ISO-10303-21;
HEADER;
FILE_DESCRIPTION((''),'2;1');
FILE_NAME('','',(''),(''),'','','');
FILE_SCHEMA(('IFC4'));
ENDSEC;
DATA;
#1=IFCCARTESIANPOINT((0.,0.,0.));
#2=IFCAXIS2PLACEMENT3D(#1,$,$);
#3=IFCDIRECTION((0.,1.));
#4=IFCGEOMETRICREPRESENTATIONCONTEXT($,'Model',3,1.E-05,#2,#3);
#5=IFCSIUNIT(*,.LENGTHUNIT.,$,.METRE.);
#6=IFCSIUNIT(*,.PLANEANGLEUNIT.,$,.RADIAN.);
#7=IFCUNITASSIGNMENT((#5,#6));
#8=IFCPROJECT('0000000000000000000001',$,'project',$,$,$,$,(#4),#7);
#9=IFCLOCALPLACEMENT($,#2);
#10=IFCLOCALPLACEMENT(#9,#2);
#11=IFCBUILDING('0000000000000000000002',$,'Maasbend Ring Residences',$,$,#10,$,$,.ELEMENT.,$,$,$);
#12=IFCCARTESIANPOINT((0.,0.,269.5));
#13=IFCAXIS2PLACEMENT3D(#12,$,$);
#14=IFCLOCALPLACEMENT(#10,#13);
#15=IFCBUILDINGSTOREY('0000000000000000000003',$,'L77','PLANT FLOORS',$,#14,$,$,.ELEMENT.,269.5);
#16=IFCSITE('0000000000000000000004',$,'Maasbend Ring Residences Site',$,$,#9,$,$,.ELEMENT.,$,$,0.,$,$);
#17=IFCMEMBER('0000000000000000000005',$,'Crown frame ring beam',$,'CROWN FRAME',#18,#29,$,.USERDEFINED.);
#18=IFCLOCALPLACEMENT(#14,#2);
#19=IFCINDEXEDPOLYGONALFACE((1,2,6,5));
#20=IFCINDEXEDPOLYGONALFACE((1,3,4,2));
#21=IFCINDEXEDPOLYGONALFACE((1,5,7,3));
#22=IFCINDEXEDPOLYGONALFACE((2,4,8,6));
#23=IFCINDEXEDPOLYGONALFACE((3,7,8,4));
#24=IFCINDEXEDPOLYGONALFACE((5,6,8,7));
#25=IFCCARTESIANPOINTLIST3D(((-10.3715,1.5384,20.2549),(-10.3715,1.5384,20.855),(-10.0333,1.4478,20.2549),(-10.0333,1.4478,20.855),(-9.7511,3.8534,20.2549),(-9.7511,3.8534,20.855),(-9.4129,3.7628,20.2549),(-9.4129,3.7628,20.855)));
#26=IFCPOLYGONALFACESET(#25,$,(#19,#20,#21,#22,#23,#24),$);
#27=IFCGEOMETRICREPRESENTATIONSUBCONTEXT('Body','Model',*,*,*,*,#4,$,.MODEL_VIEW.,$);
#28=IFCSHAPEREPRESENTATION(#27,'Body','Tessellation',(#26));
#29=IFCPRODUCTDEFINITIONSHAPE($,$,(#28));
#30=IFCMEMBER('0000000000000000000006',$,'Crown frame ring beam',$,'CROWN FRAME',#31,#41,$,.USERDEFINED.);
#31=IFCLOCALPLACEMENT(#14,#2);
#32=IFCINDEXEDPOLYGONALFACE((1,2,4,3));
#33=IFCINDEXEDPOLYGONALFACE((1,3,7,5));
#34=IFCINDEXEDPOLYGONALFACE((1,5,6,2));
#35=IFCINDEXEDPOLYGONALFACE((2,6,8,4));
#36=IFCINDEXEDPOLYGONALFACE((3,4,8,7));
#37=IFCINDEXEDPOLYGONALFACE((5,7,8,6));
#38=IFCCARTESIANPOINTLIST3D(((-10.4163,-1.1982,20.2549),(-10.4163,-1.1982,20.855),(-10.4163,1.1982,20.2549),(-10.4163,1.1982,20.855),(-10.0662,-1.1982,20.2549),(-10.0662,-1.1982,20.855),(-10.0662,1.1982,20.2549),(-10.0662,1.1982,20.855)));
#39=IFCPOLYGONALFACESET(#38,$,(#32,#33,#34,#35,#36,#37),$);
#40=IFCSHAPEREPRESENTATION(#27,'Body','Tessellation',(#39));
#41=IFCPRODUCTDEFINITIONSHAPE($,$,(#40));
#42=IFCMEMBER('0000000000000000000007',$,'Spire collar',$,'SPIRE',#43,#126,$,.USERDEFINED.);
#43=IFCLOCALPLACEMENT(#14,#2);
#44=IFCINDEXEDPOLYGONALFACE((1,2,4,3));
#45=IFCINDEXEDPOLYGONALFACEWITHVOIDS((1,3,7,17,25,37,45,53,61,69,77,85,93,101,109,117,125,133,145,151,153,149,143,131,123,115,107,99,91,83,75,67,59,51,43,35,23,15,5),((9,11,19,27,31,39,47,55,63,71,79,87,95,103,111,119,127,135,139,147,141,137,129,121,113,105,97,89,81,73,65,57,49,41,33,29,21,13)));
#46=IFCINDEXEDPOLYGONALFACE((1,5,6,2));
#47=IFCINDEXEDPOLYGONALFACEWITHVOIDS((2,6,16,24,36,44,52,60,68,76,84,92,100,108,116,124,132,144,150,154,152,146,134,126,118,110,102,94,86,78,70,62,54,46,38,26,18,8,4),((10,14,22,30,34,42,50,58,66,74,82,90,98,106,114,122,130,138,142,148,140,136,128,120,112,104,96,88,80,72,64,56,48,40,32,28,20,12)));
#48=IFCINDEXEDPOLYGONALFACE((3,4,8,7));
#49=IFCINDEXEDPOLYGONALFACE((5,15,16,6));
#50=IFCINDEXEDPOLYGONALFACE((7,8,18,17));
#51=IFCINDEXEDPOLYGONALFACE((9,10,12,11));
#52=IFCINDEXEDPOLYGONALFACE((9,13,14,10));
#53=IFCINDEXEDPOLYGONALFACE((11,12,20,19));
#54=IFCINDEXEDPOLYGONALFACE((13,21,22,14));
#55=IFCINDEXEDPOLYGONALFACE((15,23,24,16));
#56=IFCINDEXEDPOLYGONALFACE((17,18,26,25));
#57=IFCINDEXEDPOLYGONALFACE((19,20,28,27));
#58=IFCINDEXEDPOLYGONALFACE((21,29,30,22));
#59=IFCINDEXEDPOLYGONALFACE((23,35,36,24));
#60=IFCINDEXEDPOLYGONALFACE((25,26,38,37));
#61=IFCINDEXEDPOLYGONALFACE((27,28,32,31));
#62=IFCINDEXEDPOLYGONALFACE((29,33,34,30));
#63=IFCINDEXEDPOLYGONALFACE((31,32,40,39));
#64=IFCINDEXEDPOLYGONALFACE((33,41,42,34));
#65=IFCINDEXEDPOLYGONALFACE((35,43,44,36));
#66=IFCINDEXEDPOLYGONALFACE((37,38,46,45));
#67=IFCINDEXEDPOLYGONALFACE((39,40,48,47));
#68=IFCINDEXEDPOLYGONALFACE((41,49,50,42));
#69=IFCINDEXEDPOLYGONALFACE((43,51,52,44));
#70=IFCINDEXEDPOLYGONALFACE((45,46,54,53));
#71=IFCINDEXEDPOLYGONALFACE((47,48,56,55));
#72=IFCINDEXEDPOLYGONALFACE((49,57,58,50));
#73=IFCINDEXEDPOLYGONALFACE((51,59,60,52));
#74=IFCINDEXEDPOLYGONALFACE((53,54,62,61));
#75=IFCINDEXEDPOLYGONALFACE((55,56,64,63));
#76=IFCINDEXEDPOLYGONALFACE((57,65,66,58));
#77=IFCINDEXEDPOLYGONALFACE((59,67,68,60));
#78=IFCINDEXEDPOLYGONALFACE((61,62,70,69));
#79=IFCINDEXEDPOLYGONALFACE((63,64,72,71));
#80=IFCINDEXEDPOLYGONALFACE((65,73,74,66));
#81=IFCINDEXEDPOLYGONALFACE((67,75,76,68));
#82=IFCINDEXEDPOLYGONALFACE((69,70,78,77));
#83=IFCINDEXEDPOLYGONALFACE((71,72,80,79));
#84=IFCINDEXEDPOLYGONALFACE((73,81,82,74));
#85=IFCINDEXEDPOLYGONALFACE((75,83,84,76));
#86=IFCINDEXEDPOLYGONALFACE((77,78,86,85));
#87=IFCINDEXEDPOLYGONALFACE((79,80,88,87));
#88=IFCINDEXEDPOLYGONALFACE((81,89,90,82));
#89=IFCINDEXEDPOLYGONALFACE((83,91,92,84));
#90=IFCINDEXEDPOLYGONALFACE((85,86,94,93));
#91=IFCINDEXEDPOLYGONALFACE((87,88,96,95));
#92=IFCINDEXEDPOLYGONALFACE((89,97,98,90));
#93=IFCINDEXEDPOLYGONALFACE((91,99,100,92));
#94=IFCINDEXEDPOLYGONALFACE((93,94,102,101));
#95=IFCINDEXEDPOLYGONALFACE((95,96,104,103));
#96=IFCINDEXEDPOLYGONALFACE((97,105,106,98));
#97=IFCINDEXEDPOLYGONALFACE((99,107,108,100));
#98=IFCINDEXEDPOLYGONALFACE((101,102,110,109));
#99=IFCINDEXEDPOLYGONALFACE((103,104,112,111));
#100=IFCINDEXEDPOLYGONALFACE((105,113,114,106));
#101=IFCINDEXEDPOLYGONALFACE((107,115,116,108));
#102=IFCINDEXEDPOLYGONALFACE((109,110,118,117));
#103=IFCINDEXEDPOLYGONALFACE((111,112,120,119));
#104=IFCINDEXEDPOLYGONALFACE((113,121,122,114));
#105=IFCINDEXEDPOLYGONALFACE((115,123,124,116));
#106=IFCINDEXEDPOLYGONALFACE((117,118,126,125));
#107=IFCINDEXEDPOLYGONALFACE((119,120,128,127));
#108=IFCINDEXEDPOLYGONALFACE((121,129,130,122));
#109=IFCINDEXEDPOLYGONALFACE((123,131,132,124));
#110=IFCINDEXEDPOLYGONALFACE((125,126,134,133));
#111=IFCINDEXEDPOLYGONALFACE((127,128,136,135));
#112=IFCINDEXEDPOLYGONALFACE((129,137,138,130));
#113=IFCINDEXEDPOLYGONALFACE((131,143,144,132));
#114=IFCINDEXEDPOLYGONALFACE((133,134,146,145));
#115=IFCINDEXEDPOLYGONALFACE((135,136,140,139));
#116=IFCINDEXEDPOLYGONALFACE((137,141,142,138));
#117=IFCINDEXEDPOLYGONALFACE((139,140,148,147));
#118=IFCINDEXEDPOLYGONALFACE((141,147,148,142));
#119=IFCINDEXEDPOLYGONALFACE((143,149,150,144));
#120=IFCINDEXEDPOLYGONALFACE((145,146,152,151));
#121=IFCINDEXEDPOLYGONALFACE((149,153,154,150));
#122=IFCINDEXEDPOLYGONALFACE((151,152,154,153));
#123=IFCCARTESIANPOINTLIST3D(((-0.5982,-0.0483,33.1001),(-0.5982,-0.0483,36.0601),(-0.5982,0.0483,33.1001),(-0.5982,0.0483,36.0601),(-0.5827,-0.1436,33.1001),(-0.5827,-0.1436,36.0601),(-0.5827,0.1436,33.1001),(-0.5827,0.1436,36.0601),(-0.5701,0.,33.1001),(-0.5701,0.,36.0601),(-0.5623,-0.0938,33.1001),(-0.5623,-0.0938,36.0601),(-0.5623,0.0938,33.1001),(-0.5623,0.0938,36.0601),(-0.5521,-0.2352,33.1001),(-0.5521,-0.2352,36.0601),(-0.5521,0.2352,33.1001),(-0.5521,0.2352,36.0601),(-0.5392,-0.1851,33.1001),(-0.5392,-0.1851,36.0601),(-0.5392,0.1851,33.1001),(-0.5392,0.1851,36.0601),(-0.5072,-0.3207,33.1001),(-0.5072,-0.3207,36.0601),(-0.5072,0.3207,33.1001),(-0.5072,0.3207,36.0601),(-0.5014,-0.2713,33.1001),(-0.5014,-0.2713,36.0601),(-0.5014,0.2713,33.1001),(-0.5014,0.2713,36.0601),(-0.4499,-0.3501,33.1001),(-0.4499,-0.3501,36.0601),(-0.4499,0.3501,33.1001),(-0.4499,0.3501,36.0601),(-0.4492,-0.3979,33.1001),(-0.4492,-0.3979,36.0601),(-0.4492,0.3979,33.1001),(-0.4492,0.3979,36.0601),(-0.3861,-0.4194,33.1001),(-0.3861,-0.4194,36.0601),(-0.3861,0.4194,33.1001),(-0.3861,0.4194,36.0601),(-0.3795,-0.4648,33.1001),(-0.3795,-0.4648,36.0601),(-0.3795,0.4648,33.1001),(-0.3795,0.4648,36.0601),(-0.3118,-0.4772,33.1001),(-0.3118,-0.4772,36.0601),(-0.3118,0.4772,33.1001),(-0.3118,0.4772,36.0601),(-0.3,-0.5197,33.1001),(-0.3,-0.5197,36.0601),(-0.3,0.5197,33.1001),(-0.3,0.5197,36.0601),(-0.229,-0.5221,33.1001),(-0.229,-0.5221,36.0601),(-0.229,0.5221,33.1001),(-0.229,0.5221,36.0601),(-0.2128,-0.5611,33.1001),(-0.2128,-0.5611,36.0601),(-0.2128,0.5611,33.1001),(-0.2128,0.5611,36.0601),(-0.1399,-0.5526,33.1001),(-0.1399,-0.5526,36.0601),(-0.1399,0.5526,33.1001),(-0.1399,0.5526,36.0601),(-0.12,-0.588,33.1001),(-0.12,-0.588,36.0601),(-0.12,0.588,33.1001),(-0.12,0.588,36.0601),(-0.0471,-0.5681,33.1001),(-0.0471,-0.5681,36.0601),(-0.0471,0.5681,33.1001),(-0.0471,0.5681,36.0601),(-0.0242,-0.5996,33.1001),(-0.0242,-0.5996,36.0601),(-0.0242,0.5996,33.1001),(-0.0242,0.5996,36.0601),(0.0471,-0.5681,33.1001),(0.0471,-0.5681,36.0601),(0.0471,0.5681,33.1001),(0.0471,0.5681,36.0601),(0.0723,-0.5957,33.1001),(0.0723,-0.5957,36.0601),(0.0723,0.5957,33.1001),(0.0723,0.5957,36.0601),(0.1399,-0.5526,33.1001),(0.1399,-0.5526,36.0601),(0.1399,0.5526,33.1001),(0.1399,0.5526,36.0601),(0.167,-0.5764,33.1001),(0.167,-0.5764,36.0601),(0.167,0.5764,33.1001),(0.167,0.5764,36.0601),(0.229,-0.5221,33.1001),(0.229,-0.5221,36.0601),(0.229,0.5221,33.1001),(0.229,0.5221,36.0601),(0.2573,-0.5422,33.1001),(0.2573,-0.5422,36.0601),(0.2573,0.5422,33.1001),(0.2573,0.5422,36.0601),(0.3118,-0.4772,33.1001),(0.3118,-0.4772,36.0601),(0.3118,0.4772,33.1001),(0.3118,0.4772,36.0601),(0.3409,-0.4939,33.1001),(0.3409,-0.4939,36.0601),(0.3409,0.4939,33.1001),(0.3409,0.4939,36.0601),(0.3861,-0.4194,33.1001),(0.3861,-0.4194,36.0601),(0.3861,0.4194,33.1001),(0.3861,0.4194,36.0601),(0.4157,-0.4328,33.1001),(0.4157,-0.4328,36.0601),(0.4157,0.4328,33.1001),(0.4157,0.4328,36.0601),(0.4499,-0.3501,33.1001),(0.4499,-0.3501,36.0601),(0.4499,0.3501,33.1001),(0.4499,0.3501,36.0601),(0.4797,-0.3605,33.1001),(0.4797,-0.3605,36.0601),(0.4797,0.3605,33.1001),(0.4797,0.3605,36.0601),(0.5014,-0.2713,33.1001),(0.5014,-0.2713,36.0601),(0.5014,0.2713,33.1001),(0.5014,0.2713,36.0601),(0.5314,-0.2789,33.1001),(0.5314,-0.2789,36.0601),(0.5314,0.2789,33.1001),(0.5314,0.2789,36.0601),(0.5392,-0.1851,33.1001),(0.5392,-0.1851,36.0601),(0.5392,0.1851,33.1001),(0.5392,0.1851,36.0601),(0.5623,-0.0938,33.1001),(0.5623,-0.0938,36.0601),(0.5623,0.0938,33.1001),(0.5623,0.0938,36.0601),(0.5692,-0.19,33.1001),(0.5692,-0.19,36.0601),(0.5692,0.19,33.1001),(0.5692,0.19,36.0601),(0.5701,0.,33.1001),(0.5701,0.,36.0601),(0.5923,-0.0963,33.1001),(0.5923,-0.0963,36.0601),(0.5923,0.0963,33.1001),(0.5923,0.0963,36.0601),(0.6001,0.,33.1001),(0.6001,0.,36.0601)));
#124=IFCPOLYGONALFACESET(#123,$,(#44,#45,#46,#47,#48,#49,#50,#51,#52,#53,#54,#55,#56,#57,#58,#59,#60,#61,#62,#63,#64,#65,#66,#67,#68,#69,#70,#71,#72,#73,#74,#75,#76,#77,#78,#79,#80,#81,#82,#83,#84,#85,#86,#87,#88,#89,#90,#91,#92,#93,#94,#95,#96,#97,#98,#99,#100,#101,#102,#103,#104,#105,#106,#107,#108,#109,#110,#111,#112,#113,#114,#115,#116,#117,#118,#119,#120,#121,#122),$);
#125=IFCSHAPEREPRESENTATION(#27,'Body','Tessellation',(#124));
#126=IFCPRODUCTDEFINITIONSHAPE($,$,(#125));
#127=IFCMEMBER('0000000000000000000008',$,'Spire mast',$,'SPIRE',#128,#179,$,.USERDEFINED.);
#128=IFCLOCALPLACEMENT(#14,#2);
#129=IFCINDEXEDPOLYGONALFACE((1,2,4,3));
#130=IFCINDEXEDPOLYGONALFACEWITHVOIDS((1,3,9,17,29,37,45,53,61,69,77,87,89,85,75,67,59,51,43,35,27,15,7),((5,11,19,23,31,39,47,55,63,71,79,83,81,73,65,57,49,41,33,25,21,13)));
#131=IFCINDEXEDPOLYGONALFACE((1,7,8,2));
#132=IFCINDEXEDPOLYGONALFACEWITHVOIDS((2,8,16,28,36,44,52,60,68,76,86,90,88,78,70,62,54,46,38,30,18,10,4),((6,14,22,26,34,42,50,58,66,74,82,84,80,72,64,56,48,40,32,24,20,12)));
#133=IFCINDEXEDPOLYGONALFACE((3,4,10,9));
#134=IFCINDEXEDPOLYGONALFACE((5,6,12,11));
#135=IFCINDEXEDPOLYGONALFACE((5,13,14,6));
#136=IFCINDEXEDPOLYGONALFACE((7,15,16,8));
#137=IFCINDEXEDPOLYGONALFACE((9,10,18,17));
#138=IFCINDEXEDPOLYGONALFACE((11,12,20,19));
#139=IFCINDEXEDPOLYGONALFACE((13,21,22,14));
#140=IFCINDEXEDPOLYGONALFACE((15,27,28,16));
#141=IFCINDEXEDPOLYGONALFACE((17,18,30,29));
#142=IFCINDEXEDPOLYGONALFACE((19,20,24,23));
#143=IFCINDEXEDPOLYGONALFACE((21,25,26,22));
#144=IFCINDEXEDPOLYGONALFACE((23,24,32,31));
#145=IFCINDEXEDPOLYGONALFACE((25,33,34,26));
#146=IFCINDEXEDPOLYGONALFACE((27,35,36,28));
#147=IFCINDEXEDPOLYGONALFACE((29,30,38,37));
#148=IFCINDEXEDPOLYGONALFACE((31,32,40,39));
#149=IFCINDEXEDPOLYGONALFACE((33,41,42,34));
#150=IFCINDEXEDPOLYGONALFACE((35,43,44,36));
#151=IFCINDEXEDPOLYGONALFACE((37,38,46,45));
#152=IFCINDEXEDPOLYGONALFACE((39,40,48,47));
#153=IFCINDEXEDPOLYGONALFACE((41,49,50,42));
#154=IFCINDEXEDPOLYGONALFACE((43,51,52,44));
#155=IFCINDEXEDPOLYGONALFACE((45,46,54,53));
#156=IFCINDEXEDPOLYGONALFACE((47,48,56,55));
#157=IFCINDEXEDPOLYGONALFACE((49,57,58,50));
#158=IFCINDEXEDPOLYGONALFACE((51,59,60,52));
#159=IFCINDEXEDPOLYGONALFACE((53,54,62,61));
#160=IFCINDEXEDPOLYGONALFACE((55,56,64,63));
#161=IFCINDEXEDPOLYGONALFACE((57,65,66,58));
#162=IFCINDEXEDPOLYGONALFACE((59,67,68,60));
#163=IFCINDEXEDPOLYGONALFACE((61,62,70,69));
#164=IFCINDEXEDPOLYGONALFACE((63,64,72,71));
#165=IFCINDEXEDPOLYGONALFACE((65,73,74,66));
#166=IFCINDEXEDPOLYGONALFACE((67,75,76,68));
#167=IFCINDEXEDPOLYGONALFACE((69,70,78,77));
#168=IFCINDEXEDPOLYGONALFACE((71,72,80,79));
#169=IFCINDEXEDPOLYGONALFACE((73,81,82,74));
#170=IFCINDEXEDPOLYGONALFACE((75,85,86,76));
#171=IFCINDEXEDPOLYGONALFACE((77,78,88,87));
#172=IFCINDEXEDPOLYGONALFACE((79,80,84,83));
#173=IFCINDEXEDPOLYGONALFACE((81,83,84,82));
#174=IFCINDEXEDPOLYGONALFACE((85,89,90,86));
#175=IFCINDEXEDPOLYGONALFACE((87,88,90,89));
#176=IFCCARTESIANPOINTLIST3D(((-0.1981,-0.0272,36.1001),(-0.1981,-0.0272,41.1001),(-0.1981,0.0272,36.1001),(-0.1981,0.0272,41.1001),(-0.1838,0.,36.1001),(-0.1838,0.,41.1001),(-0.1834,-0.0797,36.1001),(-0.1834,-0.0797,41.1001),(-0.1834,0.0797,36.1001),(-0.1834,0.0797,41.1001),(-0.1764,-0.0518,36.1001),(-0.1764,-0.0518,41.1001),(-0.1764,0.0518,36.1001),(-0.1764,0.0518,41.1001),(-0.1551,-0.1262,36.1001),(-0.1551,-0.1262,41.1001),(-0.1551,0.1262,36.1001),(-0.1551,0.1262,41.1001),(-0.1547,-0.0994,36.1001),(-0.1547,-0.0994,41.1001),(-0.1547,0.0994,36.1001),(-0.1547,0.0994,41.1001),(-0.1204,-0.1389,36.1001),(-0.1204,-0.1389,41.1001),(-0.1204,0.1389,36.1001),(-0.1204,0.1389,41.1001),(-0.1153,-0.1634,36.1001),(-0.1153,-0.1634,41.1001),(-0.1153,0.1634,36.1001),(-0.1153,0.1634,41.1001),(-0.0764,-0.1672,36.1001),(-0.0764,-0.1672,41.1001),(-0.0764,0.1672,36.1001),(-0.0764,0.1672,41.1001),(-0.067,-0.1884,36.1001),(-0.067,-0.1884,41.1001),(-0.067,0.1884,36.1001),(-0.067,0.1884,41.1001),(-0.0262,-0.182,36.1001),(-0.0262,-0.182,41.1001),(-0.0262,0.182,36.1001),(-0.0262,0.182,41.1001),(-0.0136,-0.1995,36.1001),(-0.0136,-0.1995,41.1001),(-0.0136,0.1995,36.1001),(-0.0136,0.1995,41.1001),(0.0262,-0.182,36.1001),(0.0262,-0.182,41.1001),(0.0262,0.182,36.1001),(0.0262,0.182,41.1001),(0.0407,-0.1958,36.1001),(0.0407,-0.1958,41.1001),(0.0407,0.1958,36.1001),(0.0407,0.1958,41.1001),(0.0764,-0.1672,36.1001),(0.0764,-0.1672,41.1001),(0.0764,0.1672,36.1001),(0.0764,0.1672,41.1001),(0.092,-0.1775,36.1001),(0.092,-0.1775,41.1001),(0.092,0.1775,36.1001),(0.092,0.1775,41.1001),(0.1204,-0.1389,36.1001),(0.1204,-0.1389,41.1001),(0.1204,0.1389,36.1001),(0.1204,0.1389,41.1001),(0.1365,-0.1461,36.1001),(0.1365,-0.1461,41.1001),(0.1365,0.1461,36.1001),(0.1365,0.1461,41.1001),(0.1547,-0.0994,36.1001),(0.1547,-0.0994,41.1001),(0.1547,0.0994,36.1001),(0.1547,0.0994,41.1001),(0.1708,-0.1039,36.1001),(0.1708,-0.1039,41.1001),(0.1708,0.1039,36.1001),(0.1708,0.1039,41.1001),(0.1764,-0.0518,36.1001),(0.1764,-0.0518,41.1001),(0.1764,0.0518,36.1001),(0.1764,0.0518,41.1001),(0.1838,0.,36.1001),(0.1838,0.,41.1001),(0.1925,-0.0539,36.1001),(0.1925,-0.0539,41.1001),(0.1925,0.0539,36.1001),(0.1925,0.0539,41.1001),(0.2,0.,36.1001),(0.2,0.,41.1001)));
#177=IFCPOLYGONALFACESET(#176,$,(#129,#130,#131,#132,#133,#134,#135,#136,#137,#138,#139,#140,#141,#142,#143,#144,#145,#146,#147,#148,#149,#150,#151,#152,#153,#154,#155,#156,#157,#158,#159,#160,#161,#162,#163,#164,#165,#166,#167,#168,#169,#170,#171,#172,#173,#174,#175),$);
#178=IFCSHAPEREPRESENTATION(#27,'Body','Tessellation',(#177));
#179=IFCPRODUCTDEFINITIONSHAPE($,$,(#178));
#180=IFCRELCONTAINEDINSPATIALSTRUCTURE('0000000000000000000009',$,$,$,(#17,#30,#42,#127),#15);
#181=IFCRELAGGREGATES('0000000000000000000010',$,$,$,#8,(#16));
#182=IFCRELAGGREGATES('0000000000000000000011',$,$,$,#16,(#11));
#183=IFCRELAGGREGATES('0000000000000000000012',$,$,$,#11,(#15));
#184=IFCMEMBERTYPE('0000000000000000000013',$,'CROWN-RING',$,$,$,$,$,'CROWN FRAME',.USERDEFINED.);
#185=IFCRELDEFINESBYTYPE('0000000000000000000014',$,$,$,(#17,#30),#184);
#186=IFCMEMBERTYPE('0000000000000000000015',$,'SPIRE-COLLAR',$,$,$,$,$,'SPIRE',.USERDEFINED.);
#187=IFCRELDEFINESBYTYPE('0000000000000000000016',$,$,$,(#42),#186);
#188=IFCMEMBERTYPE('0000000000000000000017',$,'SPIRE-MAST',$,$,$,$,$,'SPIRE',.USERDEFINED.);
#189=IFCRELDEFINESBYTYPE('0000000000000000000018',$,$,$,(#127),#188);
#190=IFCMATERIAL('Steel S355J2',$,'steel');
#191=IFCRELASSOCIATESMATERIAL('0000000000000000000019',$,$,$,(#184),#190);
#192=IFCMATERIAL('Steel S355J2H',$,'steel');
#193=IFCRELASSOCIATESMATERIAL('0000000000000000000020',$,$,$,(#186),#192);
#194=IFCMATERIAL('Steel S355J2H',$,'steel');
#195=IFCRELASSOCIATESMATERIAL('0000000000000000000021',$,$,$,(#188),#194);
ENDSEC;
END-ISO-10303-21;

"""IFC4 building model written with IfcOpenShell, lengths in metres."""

from ifc_helpers import new_model, si_unit, direction, frame, origin, origin_2d, place, context, subcontext, project, spatial, rectangle, hollow_circle, extrude, material, material_profile, profile_set, type_object, element, save


model = new_model("IFC4")

# Units and contexts
model_context = context("Model", 3, precision=1e-05, world=origin(), true_north=direction((0.0, 1.0)))
body_context = subcontext(model_context, "Body", "Model", "MODEL_VIEW")
ifc_project = project(units=[si_unit("LENGTHUNIT", "METRE"), si_unit("PLANEANGLEUNIT", "RADIAN")], contexts=[model_context])

# Site, building, storey
site_placement = place(None, origin())
site = spatial("IfcSite", under=ifc_project, at=site_placement, Name="Maasbend Ring Residences Site", CompositionType="ELEMENT", RefElevation=0.0)
building_placement = place(site_placement, origin())
building = spatial("IfcBuilding", under=site, at=building_placement, Name="Maasbend Ring Residences", CompositionType="ELEMENT")
storey_placement = place(building_placement, frame((0.0, 0.0, 269.5)))
storey = spatial("IfcBuildingStorey", under=building, at=storey_placement, Name="L77", Description="PLANT FLOORS", CompositionType="ELEMENT", Elevation=269.5)

# Members
ifc_material_1 = material(Name="Steel S355J2", Category="steel")
ifc_material_profile_1 = material_profile(ifc_material_1, rectangle(XDim=0.3501, YDim=0.6001, at=origin_2d()), Name="Box 350x600x16")
ifc_profile_set_1 = profile_set([ifc_material_profile_1], Name="Steel S355J2")
member_type_1 = type_object("IfcMemberType", Name="CROWN-RING", ElementType="CROWN FRAME", PredefinedType="USERDEFINED", material=ifc_profile_set_1)
for number, where, z_axis, x_axis, name in (
    (1, (-9.582, 3.8081, 20.5549), (-0.258848, -0.965918, 0.0), (0.965918, -0.258848, 0.0), "Crown frame ring beam"),
):
    element("IfcMember", number, at=place(storey_placement, frame(where, z_axis=z_axis, x_axis=x_axis)), inside=storey, type_object=member_type_1, Name=name, ObjectType="CROWN FRAME", PredefinedType="USERDEFINED", context=body_context, shape_type="SweptSolid", body=[
        extrude(rectangle(XDim=0.3501, YDim=0.6001, at=origin_2d()), origin(), (0.0, 0.0, 1.0), 2.3967),
    ])
member_1_placement = place(storey_placement, frame((-10.2412, 1.1982, 20.5549), z_axis=(0.0, -1.0, 0.0), x_axis=(1.0, 0.0, 0.0)))
element("IfcMember", 2, at=member_1_placement, inside=storey, type_object=member_type_1, Name="Crown frame ring beam", ObjectType="CROWN FRAME", PredefinedType="USERDEFINED", context=body_context, shape_type="SweptSolid", body=[
    extrude(rectangle(XDim=0.3501, YDim=0.6001, at=origin_2d()), origin(), (0.0, 0.0, 1.0), 2.3965),
])
ifc_material_2 = material(Name="Steel S355J2H", Category="steel")
ifc_material_profile_2 = material_profile(ifc_material_2, hollow_circle(Radius=0.6001, WallThickness=0.03, at=origin_2d()), Name="CHS 1200x30")
ifc_profile_set_2 = profile_set([ifc_material_profile_2], Name="Steel S355J2H")
member_type_2 = type_object("IfcMemberType", Name="SPIRE-COLLAR", ElementType="SPIRE", PredefinedType="USERDEFINED", material=ifc_profile_set_2)
member_2_placement = place(storey_placement, frame((0.0, 0.0, 33.1001), z_axis=(0.0, 0.0, 1.0), x_axis=(1.0, 0.0, 0.0)))
element("IfcMember", 3, at=member_2_placement, inside=storey, type_object=member_type_2, Name="Spire collar", ObjectType="SPIRE", PredefinedType="USERDEFINED", context=body_context, shape_type="SweptSolid", body=[
    extrude(hollow_circle(Radius=0.6001, WallThickness=0.03, at=origin_2d()), origin(), (0.0, 0.0, 1.0), 2.96),
])
ifc_material_3 = material(Name="Steel S355J2H", Category="steel")
ifc_material_profile_3 = material_profile(ifc_material_3, hollow_circle(Radius=0.2, WallThickness=0.0161, at=origin_2d()), Name="CHS 406x16")
ifc_profile_set_3 = profile_set([ifc_material_profile_3], Name="Steel S355J2H")
member_type_3 = type_object("IfcMemberType", Name="SPIRE-MAST", ElementType="SPIRE", PredefinedType="USERDEFINED", material=ifc_profile_set_3)
member_3_placement = place(storey_placement, frame((0.0, 0.0, 36.1001), z_axis=(0.0, 0.0, 1.0), x_axis=(1.0, 0.0, 0.0)))
element("IfcMember", 4, at=member_3_placement, inside=storey, type_object=member_type_3, Name="Spire mast", ObjectType="SPIRE", PredefinedType="USERDEFINED", context=body_context, shape_type="SweptSolid", body=[
    extrude(hollow_circle(Radius=0.2, WallThickness=0.0161, at=origin_2d()), origin(), (0.0, 0.0, 1.0), 5.0),
])

save(model, "model.ifc")
